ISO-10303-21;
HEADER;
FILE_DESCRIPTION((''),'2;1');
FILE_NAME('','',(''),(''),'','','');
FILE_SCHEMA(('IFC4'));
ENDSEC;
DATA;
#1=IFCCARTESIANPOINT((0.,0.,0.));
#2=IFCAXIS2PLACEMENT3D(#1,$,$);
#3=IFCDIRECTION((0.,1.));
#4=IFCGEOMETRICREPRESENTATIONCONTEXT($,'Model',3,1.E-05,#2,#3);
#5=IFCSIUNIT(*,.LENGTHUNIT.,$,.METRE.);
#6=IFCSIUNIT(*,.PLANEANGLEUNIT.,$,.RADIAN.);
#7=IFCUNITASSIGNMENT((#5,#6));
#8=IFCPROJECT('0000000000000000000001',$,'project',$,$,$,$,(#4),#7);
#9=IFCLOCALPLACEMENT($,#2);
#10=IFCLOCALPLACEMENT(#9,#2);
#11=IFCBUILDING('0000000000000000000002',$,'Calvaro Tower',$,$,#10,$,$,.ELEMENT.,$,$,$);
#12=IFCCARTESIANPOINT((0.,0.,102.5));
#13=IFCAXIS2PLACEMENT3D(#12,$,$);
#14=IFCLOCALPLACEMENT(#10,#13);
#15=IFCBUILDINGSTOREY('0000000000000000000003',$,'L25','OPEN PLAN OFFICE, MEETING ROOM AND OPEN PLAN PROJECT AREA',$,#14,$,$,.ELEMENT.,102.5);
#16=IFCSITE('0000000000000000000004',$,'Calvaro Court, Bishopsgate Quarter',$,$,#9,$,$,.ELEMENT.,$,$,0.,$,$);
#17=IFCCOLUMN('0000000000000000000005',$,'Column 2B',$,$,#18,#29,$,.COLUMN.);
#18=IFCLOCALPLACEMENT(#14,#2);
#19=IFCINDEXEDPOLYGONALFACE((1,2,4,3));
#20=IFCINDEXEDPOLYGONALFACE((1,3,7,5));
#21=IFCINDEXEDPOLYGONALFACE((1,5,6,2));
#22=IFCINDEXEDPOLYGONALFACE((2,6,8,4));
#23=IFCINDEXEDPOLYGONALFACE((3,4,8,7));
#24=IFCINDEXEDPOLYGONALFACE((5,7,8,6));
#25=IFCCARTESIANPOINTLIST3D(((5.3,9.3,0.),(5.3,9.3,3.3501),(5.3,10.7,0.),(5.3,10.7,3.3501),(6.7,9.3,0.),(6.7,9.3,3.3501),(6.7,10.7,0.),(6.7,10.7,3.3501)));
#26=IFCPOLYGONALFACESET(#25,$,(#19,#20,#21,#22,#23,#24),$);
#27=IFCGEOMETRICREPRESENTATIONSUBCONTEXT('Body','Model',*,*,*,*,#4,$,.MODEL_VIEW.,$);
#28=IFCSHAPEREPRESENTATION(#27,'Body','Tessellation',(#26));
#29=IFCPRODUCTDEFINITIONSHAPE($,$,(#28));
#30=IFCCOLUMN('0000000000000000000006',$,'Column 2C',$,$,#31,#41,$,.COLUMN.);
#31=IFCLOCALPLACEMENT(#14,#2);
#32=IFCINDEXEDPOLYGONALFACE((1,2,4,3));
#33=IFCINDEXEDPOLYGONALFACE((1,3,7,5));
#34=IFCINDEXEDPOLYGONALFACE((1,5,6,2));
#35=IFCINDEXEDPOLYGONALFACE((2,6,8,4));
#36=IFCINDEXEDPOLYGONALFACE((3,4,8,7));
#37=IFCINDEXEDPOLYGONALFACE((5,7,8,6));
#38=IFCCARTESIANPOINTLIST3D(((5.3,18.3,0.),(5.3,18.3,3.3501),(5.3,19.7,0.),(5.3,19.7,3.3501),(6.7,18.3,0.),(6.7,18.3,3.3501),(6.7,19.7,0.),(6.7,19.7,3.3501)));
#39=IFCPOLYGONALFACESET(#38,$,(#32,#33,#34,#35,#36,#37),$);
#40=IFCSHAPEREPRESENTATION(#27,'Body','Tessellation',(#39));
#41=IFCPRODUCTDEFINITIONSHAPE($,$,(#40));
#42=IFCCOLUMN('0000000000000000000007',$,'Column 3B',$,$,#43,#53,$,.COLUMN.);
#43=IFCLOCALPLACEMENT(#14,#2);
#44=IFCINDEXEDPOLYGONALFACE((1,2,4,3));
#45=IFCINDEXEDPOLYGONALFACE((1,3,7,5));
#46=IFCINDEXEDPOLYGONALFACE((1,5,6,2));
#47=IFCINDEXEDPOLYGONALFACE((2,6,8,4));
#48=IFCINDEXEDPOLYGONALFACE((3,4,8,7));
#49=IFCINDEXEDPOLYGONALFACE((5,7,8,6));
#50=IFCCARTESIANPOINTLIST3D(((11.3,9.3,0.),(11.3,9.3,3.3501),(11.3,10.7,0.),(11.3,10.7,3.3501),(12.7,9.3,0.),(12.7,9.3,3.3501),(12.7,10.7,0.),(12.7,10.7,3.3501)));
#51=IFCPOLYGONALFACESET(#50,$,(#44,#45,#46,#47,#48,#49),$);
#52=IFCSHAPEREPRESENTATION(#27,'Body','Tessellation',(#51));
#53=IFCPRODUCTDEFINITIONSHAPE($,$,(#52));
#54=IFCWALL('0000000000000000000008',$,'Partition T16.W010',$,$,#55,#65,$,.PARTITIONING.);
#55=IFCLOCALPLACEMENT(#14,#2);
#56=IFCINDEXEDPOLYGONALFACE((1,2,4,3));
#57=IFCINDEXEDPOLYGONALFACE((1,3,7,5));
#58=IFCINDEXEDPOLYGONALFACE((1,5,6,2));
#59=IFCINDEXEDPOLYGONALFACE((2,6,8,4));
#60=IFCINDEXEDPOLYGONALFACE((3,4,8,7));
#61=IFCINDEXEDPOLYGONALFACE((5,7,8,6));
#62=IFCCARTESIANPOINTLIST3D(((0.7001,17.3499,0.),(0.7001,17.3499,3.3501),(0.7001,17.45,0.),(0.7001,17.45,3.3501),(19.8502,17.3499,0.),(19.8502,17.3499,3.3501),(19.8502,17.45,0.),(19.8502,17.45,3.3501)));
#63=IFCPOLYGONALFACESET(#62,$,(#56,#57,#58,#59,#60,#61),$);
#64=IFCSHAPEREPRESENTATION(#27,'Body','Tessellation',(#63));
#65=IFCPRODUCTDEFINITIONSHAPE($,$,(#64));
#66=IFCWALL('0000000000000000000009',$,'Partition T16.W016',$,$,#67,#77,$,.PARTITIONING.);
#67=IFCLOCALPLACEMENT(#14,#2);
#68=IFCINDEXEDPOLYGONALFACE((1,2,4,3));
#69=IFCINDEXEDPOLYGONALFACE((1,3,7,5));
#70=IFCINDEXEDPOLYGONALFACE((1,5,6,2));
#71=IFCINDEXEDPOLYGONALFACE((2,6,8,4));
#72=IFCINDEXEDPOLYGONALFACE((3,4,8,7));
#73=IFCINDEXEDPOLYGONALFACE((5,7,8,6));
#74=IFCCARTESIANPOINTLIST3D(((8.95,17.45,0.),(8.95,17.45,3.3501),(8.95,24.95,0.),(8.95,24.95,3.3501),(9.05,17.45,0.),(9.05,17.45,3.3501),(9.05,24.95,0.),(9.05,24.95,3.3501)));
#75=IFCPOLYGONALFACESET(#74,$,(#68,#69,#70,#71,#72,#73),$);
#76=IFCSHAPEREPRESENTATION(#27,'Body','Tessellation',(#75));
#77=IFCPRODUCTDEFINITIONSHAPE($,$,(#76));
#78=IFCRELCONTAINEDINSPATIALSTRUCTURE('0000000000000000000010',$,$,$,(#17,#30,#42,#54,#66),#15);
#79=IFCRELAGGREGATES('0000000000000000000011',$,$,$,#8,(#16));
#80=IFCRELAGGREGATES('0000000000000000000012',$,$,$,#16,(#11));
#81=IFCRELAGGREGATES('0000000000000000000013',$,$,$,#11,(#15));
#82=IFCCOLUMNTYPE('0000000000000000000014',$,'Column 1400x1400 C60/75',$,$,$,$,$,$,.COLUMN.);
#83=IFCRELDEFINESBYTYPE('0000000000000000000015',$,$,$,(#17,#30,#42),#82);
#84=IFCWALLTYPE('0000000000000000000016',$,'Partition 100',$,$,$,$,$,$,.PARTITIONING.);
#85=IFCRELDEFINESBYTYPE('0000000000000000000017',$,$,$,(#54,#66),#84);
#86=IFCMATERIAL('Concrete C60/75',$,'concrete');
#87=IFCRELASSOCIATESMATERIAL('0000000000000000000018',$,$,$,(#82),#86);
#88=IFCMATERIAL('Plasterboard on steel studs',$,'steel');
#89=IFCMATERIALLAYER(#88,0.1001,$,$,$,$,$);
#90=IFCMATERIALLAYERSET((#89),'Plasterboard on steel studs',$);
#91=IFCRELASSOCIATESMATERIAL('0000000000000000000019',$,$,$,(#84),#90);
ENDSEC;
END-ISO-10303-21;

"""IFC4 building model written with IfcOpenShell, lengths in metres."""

from ifc_helpers import new_model, si_unit, direction, frame, frame_2d, origin, origin_2d, place, context, subcontext, project, spatial, rectangle, extrude, material, layer, layer_set, material_profile, profile_set, type_object, element, save


model = new_model("IFC4")

# Units and contexts
model_context = context("Model", 3, precision=1e-05, world=origin(), true_north=direction((0.0, 1.0)))
body_context = subcontext(model_context, "Body", "Model", "MODEL_VIEW")
ifc_project = project(units=[si_unit("LENGTHUNIT", "METRE"), si_unit("PLANEANGLEUNIT", "RADIAN")], contexts=[model_context])

# Site, building, storey
site_placement = place(None, origin())
site = spatial("IfcSite", under=ifc_project, at=site_placement, Name="Calvaro Court, Bishopsgate Quarter", CompositionType="ELEMENT", RefElevation=0.0)
building_placement = place(site_placement, origin())
building = spatial("IfcBuilding", under=site, at=building_placement, Name="Calvaro Tower", CompositionType="ELEMENT")
storey_placement = place(building_placement, frame((0.0, 0.0, 102.5)))
storey = spatial("IfcBuildingStorey", under=building, at=storey_placement, Name="L25", Description="OPEN PLAN OFFICE, MEETING ROOM AND OPEN PLAN PROJECT AREA", CompositionType="ELEMENT", Elevation=102.5)

# Columns
ifc_material_1 = material(Name="Concrete C60/75", Category="concrete")
ifc_material_profile = material_profile(ifc_material_1, rectangle(XDim=1.3999, YDim=1.3999, at=origin_2d()), Name="RC 1400x1400")
ifc_profile_set = profile_set([ifc_material_profile], Name="Concrete C60/75")
column_type = type_object("IfcColumnType", Name="Column 1400x1400 C60/75", PredefinedType="COLUMN", material=ifc_profile_set)
for number, where, z_axis, x_axis, name in (
    (1, (6.0, 10.0, 0.0), (0.0, 0.0, 1.0), (1.0, 0.0, 0.0), "Column 2B"),
    (2, (6.0, 19.0, 0.0), (0.0, 0.0, 1.0), (1.0, 0.0, 0.0), "Column 2C"),
    (3, (12.0, 10.0, 0.0), (0.0, 0.0, 1.0), (1.0, 0.0, 0.0), "Column 3B"),
):
    element("IfcColumn", number, at=place(storey_placement, frame(where, z_axis=z_axis, x_axis=x_axis)), inside=storey, type_object=column_type, Name=name, PredefinedType="COLUMN", context=body_context, shape_type="SweptSolid", body=[
        extrude(rectangle(XDim=1.3999, YDim=1.3999, at=origin_2d()), origin(), (0.0, 0.0, 1.0), 3.3501),
    ])

# Walls
ifc_material_2 = material(Name="Plasterboard on steel studs", Category="steel")
ifc_layer = layer(ifc_material_2, 0.1001)
ifc_layer_set = layer_set([ifc_layer], Name="Plasterboard on steel studs")
wall_type = type_object("IfcWallType", Name="Partition 100", PredefinedType="PARTITIONING", material=ifc_layer_set)
wall_1_placement = place(storey_placement, frame((0.7, 17.3999, 0.0), z_axis=(0.0, 0.0, 1.0), x_axis=(1.0, 0.0, 0.0)))
element("IfcWall", 4, at=wall_1_placement, inside=storey, type_object=wall_type, Name="Partition T16.W010", PredefinedType="PARTITIONING", context=body_context, shape_type="SweptSolid", body=[
    extrude(rectangle(XDim=19.1501, YDim=0.1001, at=frame_2d((9.5752, 0.0))), origin(), (0.0, 0.0, 1.0), 3.3501),
])
wall_2_placement = place(storey_placement, frame((9.0, 17.45, 0.0), z_axis=(0.0, 0.0, 1.0), x_axis=(0.0, 1.0, 0.0)))
element("IfcWall", 5, at=wall_2_placement, inside=storey, type_object=wall_type, Name="Partition T16.W016", PredefinedType="PARTITIONING", context=body_context, shape_type="SweptSolid", body=[
    extrude(rectangle(XDim=7.5, YDim=0.1001, at=frame_2d((3.75, 0.0))), origin(), (0.0, 0.0, 1.0), 3.3501),
])

save(model, "model.ifc")
